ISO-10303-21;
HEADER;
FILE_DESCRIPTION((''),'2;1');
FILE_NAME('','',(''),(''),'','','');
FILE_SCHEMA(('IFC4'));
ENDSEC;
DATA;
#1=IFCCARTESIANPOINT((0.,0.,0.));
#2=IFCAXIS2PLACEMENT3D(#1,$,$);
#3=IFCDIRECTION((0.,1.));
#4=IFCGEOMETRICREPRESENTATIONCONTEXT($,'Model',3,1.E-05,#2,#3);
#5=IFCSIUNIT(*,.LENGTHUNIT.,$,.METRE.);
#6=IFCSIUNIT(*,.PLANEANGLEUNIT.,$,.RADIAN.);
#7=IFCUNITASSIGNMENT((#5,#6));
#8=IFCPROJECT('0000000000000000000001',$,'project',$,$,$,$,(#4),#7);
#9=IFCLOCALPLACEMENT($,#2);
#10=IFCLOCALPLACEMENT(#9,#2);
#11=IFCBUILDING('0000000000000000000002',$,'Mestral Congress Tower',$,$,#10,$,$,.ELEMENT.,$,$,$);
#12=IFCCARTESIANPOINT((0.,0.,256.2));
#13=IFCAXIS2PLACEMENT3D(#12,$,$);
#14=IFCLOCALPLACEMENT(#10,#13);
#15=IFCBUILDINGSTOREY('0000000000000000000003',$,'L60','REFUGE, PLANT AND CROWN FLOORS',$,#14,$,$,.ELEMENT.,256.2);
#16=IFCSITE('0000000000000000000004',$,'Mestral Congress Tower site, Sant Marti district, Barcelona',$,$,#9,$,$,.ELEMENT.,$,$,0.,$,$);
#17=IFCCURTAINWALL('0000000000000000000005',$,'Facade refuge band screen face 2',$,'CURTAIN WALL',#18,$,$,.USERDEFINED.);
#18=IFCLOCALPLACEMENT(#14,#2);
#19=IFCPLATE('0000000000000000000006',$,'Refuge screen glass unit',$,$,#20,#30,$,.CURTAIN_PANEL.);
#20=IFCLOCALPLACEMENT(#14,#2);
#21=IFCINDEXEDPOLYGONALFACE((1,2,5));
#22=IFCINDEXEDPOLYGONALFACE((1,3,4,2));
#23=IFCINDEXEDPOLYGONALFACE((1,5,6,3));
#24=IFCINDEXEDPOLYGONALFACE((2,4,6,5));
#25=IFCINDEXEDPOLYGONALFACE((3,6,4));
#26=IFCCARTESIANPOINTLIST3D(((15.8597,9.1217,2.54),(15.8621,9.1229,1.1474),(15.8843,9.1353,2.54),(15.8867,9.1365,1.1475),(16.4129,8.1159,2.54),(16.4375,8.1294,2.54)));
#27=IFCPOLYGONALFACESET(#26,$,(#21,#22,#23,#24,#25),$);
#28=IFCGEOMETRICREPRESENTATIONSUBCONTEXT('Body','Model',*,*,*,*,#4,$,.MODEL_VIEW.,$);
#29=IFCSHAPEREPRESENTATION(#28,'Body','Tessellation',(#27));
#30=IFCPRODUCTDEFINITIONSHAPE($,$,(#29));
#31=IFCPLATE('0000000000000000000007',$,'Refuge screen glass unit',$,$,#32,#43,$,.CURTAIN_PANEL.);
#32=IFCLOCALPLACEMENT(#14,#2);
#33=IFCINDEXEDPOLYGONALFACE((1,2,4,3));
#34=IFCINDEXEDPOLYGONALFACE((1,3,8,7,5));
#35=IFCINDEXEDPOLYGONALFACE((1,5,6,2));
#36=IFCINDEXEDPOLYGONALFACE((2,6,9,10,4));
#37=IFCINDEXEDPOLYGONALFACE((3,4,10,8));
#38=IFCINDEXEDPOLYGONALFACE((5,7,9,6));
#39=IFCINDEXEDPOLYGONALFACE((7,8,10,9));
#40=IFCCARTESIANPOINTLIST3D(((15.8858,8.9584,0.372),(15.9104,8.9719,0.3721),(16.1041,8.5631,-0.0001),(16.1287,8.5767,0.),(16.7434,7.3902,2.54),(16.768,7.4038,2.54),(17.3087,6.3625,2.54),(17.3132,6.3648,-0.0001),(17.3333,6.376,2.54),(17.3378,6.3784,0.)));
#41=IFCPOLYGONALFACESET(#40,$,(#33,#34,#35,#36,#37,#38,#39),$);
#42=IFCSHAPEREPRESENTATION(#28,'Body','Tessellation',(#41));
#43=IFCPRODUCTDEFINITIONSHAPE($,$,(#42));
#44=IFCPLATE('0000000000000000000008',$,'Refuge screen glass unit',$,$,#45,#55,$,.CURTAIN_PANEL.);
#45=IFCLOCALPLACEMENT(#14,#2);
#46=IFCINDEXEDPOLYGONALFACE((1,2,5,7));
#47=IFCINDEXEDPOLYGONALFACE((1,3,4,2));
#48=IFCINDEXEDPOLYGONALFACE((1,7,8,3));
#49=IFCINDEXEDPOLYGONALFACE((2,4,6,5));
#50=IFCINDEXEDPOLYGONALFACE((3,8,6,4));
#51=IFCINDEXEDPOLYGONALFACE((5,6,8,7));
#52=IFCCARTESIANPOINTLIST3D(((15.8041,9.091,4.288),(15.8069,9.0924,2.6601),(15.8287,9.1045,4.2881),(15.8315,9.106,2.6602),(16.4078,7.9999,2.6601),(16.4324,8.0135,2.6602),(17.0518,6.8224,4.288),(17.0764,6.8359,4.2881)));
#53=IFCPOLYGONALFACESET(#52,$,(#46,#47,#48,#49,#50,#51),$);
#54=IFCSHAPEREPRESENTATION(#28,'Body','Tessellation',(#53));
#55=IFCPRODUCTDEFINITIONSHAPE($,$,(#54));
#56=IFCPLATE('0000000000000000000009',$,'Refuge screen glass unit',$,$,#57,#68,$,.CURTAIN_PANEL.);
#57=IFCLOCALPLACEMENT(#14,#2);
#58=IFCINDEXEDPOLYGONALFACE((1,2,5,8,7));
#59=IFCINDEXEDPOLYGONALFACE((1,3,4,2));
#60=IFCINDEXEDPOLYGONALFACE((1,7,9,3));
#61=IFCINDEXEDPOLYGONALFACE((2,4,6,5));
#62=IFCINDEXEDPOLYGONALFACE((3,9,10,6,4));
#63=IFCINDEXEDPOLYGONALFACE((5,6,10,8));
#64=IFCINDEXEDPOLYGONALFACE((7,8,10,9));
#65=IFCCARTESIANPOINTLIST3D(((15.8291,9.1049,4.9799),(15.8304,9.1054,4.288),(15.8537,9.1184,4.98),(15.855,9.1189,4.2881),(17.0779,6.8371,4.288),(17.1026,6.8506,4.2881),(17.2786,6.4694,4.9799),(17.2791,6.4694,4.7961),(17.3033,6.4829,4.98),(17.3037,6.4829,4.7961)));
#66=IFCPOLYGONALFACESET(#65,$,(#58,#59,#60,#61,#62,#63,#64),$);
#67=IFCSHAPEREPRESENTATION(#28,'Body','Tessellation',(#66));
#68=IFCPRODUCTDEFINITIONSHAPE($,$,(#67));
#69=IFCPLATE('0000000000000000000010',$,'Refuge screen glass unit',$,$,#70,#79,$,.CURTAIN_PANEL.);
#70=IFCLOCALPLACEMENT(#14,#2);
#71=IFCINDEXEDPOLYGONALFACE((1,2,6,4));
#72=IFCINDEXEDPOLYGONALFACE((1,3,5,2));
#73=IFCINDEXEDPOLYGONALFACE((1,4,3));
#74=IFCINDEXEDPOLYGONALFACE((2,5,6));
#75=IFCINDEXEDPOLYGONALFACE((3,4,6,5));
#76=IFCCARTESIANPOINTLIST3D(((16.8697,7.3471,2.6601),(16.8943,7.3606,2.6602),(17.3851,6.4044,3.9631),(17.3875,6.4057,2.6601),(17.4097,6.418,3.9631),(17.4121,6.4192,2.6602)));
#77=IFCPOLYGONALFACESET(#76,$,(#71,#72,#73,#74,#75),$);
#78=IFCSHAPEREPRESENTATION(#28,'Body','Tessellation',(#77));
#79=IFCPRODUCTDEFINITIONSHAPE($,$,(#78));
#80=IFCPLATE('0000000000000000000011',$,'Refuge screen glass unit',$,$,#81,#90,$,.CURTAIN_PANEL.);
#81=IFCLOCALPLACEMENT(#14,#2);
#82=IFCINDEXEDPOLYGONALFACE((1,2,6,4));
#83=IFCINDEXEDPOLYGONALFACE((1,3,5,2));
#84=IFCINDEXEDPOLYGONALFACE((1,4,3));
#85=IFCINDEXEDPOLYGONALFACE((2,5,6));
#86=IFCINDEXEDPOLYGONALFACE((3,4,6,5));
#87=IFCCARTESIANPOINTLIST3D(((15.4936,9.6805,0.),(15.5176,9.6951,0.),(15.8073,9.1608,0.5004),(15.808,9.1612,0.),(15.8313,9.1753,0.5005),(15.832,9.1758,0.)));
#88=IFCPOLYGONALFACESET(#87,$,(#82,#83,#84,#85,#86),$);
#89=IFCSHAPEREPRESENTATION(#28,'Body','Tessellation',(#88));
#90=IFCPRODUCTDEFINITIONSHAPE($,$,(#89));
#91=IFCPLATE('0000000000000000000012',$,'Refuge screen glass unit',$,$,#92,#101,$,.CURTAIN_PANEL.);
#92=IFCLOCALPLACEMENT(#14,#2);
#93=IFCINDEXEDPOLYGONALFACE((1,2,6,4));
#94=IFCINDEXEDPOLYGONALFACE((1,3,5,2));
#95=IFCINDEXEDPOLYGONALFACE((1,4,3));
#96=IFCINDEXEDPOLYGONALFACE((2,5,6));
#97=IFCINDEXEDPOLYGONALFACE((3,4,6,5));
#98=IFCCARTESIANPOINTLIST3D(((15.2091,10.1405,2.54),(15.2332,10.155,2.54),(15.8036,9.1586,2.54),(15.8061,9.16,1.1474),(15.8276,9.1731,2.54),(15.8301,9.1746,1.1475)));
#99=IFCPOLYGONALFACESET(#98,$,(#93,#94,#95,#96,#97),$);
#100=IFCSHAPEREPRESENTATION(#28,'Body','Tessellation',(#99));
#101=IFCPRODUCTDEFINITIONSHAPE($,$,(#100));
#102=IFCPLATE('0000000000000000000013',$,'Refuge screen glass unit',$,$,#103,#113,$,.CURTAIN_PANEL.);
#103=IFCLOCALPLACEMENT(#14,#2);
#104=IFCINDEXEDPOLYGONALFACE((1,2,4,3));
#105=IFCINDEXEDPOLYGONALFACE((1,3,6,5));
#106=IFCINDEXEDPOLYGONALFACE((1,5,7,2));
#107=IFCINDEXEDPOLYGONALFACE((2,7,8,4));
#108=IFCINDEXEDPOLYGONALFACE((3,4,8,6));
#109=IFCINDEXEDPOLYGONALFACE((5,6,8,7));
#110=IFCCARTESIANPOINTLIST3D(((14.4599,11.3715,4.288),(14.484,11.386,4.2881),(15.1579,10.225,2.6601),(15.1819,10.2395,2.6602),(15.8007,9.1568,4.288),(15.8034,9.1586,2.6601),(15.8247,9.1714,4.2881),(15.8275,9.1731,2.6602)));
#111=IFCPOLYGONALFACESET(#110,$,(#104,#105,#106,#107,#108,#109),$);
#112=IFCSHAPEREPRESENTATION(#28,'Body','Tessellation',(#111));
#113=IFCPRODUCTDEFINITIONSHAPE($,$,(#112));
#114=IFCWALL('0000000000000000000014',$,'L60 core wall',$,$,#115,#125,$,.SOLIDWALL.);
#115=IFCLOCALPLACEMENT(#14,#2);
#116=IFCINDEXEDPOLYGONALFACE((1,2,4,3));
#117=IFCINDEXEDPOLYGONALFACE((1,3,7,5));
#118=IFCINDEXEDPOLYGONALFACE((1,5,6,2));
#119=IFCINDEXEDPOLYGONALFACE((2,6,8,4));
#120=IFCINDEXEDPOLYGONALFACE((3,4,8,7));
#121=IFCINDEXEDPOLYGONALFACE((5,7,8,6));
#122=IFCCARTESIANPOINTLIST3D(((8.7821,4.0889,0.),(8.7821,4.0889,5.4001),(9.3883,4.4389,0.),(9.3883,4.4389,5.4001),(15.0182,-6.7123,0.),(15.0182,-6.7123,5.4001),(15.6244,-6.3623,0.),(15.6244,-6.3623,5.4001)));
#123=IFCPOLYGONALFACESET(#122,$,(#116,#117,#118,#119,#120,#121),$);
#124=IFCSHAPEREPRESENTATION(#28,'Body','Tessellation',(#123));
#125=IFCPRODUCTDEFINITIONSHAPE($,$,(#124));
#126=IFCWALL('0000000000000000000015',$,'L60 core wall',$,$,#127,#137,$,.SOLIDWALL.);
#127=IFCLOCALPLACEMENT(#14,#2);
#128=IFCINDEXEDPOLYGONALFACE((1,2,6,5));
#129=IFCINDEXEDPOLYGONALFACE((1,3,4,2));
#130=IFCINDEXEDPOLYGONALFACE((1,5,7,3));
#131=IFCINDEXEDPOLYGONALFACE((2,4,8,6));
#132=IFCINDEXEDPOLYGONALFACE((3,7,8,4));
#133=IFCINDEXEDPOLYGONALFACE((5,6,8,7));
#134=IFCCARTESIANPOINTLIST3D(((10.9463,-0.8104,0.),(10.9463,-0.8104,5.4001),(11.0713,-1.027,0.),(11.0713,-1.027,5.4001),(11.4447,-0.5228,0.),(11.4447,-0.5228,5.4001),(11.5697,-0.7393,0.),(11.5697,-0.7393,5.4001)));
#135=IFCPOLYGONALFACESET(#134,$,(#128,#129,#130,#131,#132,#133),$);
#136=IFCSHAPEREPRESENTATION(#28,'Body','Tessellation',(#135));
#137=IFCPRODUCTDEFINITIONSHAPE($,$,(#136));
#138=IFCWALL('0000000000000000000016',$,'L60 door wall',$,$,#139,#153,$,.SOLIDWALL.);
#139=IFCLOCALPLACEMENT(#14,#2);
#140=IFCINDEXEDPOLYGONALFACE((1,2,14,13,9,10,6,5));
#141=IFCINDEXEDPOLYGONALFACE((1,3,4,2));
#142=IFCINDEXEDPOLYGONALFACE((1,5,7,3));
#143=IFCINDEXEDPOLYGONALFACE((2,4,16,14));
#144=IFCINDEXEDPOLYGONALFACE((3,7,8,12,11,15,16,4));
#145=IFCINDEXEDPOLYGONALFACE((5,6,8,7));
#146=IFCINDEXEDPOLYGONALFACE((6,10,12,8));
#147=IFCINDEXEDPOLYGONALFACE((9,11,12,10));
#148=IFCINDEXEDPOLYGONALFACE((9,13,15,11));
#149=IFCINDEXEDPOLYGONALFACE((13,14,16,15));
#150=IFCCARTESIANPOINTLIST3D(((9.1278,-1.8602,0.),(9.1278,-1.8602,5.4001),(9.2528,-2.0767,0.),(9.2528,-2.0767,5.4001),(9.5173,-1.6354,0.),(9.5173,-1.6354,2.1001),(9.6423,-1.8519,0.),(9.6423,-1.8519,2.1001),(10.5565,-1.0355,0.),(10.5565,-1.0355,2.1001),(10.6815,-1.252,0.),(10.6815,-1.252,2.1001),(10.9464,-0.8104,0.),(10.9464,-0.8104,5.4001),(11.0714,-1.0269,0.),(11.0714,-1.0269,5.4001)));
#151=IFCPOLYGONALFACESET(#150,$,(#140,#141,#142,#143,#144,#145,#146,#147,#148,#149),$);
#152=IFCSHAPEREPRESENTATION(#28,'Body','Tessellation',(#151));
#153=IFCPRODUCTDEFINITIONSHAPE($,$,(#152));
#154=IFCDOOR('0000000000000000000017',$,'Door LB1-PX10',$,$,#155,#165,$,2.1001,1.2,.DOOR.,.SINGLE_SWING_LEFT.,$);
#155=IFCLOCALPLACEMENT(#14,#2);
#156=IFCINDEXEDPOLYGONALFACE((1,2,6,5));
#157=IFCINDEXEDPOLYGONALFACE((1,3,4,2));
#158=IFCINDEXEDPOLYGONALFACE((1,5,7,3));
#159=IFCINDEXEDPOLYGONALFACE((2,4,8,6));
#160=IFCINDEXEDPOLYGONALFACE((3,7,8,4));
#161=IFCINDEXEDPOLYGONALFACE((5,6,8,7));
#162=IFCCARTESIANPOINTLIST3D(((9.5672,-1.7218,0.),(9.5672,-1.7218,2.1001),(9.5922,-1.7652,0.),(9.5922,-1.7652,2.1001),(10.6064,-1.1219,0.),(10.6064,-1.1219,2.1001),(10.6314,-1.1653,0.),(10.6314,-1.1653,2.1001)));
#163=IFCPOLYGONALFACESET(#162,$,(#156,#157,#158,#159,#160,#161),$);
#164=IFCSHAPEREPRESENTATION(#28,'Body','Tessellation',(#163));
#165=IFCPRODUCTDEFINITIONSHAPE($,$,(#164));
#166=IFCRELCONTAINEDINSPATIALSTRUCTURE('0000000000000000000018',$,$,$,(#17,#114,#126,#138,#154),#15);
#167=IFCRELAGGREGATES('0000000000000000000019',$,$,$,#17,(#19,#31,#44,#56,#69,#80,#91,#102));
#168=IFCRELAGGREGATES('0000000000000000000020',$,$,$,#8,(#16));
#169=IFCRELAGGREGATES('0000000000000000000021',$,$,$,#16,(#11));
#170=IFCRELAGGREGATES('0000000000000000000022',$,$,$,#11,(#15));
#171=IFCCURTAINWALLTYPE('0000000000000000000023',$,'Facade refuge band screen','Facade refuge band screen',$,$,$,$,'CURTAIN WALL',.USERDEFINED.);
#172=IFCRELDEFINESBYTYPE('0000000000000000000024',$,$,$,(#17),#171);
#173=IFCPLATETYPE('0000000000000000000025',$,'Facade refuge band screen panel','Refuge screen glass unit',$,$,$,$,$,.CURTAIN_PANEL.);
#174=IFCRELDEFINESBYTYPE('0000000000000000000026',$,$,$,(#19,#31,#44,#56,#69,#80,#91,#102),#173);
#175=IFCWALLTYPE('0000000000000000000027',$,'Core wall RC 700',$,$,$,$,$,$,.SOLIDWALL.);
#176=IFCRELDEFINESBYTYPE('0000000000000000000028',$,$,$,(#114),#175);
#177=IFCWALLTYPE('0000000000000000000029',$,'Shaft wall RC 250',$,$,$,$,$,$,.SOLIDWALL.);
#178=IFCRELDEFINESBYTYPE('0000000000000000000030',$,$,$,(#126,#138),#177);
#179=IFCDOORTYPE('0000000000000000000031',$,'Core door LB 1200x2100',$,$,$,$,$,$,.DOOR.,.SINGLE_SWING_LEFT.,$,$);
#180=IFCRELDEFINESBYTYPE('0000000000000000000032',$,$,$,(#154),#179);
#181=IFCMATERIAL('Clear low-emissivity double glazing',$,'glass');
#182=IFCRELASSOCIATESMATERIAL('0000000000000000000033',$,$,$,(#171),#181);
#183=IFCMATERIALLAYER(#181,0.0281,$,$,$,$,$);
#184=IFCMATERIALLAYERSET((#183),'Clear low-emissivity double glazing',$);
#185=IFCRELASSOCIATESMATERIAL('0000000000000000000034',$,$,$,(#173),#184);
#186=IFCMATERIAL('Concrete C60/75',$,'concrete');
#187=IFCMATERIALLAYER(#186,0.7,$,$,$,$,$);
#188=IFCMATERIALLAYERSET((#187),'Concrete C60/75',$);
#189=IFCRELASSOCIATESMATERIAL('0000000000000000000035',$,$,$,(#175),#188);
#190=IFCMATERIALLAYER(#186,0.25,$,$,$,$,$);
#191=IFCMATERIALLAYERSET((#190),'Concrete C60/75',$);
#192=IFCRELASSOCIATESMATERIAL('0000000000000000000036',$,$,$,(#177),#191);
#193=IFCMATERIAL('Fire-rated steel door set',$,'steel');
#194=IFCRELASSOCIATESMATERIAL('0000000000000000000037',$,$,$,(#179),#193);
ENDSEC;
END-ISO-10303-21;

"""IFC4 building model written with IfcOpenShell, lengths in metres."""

from ifc_helpers import new_model, si_unit, direction, frame, frame_2d, origin, place, context, subcontext, project, spatial, polyline, rectangle, outline, extrude, material, layer, layer_set, type_object, element, fill, aggregate, save


model = new_model("IFC4")

# Units and contexts
model_context = context("Model", 3, precision=1e-05, world=origin(), true_north=direction((0.0, 1.0)))
body_context = subcontext(model_context, "Body", "Model", "MODEL_VIEW")
ifc_project = project(units=[si_unit("LENGTHUNIT", "METRE"), si_unit("PLANEANGLEUNIT", "RADIAN")], contexts=[model_context])

# Site, building, storey
site_placement = place(None, origin())
site = spatial("IfcSite", under=ifc_project, at=site_placement, Name="Mestral Congress Tower site, Sant Marti district, Barcelona", CompositionType="ELEMENT", RefElevation=0.0)
building_placement = place(site_placement, origin())
building = spatial("IfcBuilding", under=site, at=building_placement, Name="Mestral Congress Tower", CompositionType="ELEMENT")
storey_placement = place(building_placement, frame((0.0, 0.0, 256.2)))
storey = spatial("IfcBuildingStorey", under=building, at=storey_placement, Name="L60", Description="REFUGE, PLANT AND CROWN FLOORS", CompositionType="ELEMENT", Elevation=256.2)

# Curtain wall
ifc_material_1 = material(Name="Clear low-emissivity double glazing", Category="glass")
curtain_wall_type = type_object("IfcCurtainWallType", Name="Facade refuge band screen", Description="Facade refuge band screen", ElementType="CURTAIN WALL", PredefinedType="USERDEFINED", material=ifc_material_1)
curtain_wall_placement = place(storey_placement, origin())
curtain_wall = element("IfcCurtainWall", 1, at=curtain_wall_placement, inside=storey, type_object=curtain_wall_type, Name="Facade refuge band screen face 2", ObjectType="CURTAIN WALL", PredefinedType="USERDEFINED")

# Plates
ifc_layer_1 = layer(ifc_material_1, 0.0281)
ifc_layer_set_1 = layer_set([ifc_layer_1], Name="Clear low-emissivity double glazing")
plate_type_1 = type_object("IfcPlateType", Name="Facade refuge band screen panel", Description="Refuge screen glass unit", PredefinedType="CURTAIN_PANEL", material=ifc_layer_set_1)
plate_1_placement = place(storey_placement, frame((15.8843, 9.1353, 2.54), z_axis=(0.876214, 0.481918, 0.001959), x_axis=(0.001753, 0.000877, -0.999998)))
plate_1 = element("IfcPlate", 2, at=plate_1_placement, type_object=plate_type_1, Name="Refuge screen glass unit", PredefinedType="CURTAIN_PANEL", context=body_context, shape_type="SweptSolid", body=[
    extrude(outline(polyline([(0.0, 0.0), (1.3926, 0.0), (0.0001, -1.148), (0.0, 0.0)])), origin(), (0.0, 0.0, -1.0), 0.0281),
])
plate_2_placement = place(storey_placement, frame((16.1287, 8.5767, 0.0), z_axis=(0.876203, 0.481937, 0.002008), x_axis=(0.481938, -0.876205, 0.0)))
plate_2 = element("IfcPlate", 3, at=plate_2_placement, type_object=plate_type_1, Name="Refuge screen glass unit", PredefinedType="CURTAIN_PANEL", context=body_context, shape_type="SweptSolid", body=[
    extrude(outline(polyline([(0.0, 0.0), (2.5089, 0.0), (2.5088, -2.54), (1.3358, -2.54), (-0.4515, -0.3721), (0.0, 0.0)])), origin(), (0.0, 0.0, -1.0), 0.0281),
])
plate_3_placement = place(storey_placement, frame((15.8315, 9.106, 2.6602), z_axis=(0.87621, 0.481925, 0.001971), x_axis=(0.481926, -0.876212, 0.0)))
plate_3 = element("IfcPlate", 4, at=plate_3_placement, type_object=plate_type_1, Name="Refuge screen glass unit", PredefinedType="CURTAIN_PANEL", context=body_context, shape_type="SweptSolid", body=[
    extrude(outline(polyline([(0.0, 0.0), (1.2468, 0.0), (2.589, -1.6279), (-0.0001, -1.6279), (0.0, 0.0)])), origin(), (0.0, 0.0, -1.0), 0.0281),
])
plate_4_placement = place(storey_placement, frame((15.855, 9.1189, 4.2881), z_axis=(0.876214, 0.481919, 0.001922), x_axis=(0.48192, -0.876215, 0.0)))
plate_4 = element("IfcPlate", 5, at=plate_4_placement, type_object=plate_type_1, Name="Refuge screen glass unit", PredefinedType="CURTAIN_PANEL", context=body_context, shape_type="SweptSolid", body=[
    extrude(outline(polyline([(0.0, 0.0), (2.5888, 0.0), (3.0079, -0.5081), (3.0076, -0.6919), (-0.0002, -0.6919), (0.0, 0.0)])), origin(), (0.0, 0.0, -1.0), 0.0281),
])
plate_5_placement = place(storey_placement, frame((17.4097, 6.418, 3.9631), z_axis=(0.876195, 0.481953, 0.002093), x_axis=(-0.305183, 0.558176, -0.771559)))
plate_5 = element("IfcPlate", 6, at=plate_5_placement, type_object=plate_type_1, Name="Refuge screen glass unit", PredefinedType="CURTAIN_PANEL", context=body_context, shape_type="SweptSolid", body=[
    extrude(outline(polyline([(0.0, 0.0), (1.6888, 0.0), (1.0053, -0.829), (0.0, 0.0)])), origin(), (0.0, 0.0, -1.0), 0.0281),
])
plate_6_placement = place(storey_placement, frame((15.832, 9.1758, 0.0), z_axis=(0.855391, 0.51798, 0.001757), x_axis=(-0.001463, -0.000976, 0.999998)))
plate_6 = element("IfcPlate", 7, at=plate_6_placement, type_object=plate_type_1, Name="Refuge screen glass unit", PredefinedType="CURTAIN_PANEL", context=body_context, shape_type="SweptSolid", body=[
    extrude(outline(polyline([(0.0, 0.0), (0.5005, 0.0), (0.0, -0.6071), (0.0, 0.0)])), origin(), (0.0, 0.0, -1.0), 0.0281),
])
plate_7_placement = place(storey_placement, frame((15.8276, 9.1731, 2.54), z_axis=(0.855439, 0.5179, 0.002044), x_axis=(-0.517901, 0.855441, 0.0)))
plate_7 = element("IfcPlate", 8, at=plate_7_placement, type_object=plate_type_1, Name="Refuge screen glass unit", PredefinedType="CURTAIN_PANEL", context=body_context, shape_type="SweptSolid", body=[
    extrude(outline(polyline([(0.0, 0.0), (1.1479, 0.0), (0.0, -1.3926), (0.0, 0.0)])), origin(), (0.0, 0.0, -1.0), 0.0281),
])
plate_8_placement = place(storey_placement, frame((15.1819, 10.2395, 2.6602), z_axis=(0.855446, 0.517889, 0.002006), x_axis=(0.51789, -0.855447, 0.0)))
plate_8 = element("IfcPlate", 9, at=plate_8_placement, type_object=plate_type_1, Name="Refuge screen glass unit", PredefinedType="CURTAIN_PANEL", context=body_context, shape_type="SweptSolid", body=[
    extrude(outline(polyline([(0.0, 0.0), (1.2466, 0.0), (1.2466, -1.6279), (-1.3422, -1.6279), (0.0, 0.0)])), origin(), (0.0, 0.0, -1.0), 0.0281),
])
aggregate(curtain_wall, [plate_1, plate_2, plate_3, plate_4, plate_5, plate_6, plate_7, plate_8])

# Walls
ifc_material_2 = material(Name="Concrete C60/75", Category="concrete")
ifc_layer_2 = layer(ifc_material_2, 0.7)
ifc_layer_set_2 = layer_set([ifc_layer_2], Name="Concrete C60/75")
wall_type_1 = type_object("IfcWallType", Name="Core wall RC 700", PredefinedType="SOLIDWALL", material=ifc_layer_set_2)
wall_1_placement = place(storey_placement, frame((9.0852, 4.2639, 0.0), z_axis=(0.0, 0.0, 1.0), x_axis=(0.499998, -0.866027, 0.0)))
element("IfcWall", 10, at=wall_1_placement, inside=storey, type_object=wall_type_1, Name="L60 core wall", PredefinedType="SOLIDWALL", context=body_context, shape_type="SweptSolid", body=[
    extrude(rectangle(XDim=12.4722, YDim=0.7, at=frame_2d((6.2361, 0.0))), origin(), (0.0, 0.0, 1.0), 5.4001),
])
ifc_layer_3 = layer(ifc_material_2, 0.25)
ifc_layer_set_3 = layer_set([ifc_layer_3], Name="Concrete C60/75")
wall_type_2 = type_object("IfcWallType", Name="Shaft wall RC 250", PredefinedType="SOLIDWALL", material=ifc_layer_set_3)
wall_2_placement = place(storey_placement, frame((11.5071, -0.6311, 0.0), z_axis=(0.0, 0.0, 1.0), x_axis=(-0.866094, -0.499882, 0.0)))
element("IfcWall", 11, at=wall_2_placement, inside=storey, type_object=wall_type_2, Name="L60 core wall", PredefinedType="SOLIDWALL", context=body_context, shape_type="SweptSolid", body=[
    extrude(rectangle(XDim=0.5754, YDim=0.25, at=frame_2d((0.2876, 0.0))), origin(), (0.0, 0.0, 1.0), 5.4001),
])

# Wall, opening, door
wall_3_placement = place(storey_placement, frame((11.0088, -0.9187, 0.0), z_axis=(0.0, 0.0, 1.0), x_axis=(-0.86606, -0.499941, 0.0)))
wall_3 = element("IfcWall", 12, at=wall_3_placement, inside=storey, type_object=wall_type_2, Name="L60 door wall", PredefinedType="SOLIDWALL", context=body_context, shape_type="SweptSolid", body=[
    extrude(rectangle(XDim=2.0999, YDim=0.25, at=frame_2d((1.0498, 0.0))), origin(), (0.0, 0.0, 1.0), 5.4001),
])
opening_placement = place(wall_3_placement, frame((0.45, 0.0, 0.0)))
opening = element("IfcOpeningElement", 13, at=opening_placement, cuts=wall_3, PredefinedType="OPENING", context=body_context, shape_type="SweptSolid", body=[
    extrude(rectangle(XDim=1.2, YDim=2.1001, at=frame_2d((0.6001, 1.05))), frame((0.0, 0.135, 0.0), z_axis=(0.0, -1.0, 0.0), x_axis=(1.0, 0.0, 0.0)), (0.0, 0.0, 1.0), 0.27),
])
ifc_material_3 = material(Name="Fire-rated steel door set", Category="steel")
door_type = type_object("IfcDoorType", Name="Core door LB 1200x2100", OperationType="SINGLE_SWING_LEFT", PredefinedType="DOOR", material=ifc_material_3)
door_placement = place(opening_placement, origin())
door = element("IfcDoor", 14, at=door_placement, inside=storey, type_object=door_type, Name="Door LB1-PX10", OperationType="SINGLE_SWING_LEFT", OverallHeight=2.1001, OverallWidth=1.2, PredefinedType="DOOR", context=body_context, shape_type="SweptSolid", body=[
    extrude(rectangle(XDim=1.2, YDim=2.1001, at=frame_2d((0.6001, 1.05))), frame((0.0, 0.0249, 0.0), z_axis=(0.0, -1.0, 0.0), x_axis=(1.0, 0.0, 0.0)), (0.0, 0.0, 1.0), 0.05),
])
fill(opening, door)

save(model, "model.ifc")
